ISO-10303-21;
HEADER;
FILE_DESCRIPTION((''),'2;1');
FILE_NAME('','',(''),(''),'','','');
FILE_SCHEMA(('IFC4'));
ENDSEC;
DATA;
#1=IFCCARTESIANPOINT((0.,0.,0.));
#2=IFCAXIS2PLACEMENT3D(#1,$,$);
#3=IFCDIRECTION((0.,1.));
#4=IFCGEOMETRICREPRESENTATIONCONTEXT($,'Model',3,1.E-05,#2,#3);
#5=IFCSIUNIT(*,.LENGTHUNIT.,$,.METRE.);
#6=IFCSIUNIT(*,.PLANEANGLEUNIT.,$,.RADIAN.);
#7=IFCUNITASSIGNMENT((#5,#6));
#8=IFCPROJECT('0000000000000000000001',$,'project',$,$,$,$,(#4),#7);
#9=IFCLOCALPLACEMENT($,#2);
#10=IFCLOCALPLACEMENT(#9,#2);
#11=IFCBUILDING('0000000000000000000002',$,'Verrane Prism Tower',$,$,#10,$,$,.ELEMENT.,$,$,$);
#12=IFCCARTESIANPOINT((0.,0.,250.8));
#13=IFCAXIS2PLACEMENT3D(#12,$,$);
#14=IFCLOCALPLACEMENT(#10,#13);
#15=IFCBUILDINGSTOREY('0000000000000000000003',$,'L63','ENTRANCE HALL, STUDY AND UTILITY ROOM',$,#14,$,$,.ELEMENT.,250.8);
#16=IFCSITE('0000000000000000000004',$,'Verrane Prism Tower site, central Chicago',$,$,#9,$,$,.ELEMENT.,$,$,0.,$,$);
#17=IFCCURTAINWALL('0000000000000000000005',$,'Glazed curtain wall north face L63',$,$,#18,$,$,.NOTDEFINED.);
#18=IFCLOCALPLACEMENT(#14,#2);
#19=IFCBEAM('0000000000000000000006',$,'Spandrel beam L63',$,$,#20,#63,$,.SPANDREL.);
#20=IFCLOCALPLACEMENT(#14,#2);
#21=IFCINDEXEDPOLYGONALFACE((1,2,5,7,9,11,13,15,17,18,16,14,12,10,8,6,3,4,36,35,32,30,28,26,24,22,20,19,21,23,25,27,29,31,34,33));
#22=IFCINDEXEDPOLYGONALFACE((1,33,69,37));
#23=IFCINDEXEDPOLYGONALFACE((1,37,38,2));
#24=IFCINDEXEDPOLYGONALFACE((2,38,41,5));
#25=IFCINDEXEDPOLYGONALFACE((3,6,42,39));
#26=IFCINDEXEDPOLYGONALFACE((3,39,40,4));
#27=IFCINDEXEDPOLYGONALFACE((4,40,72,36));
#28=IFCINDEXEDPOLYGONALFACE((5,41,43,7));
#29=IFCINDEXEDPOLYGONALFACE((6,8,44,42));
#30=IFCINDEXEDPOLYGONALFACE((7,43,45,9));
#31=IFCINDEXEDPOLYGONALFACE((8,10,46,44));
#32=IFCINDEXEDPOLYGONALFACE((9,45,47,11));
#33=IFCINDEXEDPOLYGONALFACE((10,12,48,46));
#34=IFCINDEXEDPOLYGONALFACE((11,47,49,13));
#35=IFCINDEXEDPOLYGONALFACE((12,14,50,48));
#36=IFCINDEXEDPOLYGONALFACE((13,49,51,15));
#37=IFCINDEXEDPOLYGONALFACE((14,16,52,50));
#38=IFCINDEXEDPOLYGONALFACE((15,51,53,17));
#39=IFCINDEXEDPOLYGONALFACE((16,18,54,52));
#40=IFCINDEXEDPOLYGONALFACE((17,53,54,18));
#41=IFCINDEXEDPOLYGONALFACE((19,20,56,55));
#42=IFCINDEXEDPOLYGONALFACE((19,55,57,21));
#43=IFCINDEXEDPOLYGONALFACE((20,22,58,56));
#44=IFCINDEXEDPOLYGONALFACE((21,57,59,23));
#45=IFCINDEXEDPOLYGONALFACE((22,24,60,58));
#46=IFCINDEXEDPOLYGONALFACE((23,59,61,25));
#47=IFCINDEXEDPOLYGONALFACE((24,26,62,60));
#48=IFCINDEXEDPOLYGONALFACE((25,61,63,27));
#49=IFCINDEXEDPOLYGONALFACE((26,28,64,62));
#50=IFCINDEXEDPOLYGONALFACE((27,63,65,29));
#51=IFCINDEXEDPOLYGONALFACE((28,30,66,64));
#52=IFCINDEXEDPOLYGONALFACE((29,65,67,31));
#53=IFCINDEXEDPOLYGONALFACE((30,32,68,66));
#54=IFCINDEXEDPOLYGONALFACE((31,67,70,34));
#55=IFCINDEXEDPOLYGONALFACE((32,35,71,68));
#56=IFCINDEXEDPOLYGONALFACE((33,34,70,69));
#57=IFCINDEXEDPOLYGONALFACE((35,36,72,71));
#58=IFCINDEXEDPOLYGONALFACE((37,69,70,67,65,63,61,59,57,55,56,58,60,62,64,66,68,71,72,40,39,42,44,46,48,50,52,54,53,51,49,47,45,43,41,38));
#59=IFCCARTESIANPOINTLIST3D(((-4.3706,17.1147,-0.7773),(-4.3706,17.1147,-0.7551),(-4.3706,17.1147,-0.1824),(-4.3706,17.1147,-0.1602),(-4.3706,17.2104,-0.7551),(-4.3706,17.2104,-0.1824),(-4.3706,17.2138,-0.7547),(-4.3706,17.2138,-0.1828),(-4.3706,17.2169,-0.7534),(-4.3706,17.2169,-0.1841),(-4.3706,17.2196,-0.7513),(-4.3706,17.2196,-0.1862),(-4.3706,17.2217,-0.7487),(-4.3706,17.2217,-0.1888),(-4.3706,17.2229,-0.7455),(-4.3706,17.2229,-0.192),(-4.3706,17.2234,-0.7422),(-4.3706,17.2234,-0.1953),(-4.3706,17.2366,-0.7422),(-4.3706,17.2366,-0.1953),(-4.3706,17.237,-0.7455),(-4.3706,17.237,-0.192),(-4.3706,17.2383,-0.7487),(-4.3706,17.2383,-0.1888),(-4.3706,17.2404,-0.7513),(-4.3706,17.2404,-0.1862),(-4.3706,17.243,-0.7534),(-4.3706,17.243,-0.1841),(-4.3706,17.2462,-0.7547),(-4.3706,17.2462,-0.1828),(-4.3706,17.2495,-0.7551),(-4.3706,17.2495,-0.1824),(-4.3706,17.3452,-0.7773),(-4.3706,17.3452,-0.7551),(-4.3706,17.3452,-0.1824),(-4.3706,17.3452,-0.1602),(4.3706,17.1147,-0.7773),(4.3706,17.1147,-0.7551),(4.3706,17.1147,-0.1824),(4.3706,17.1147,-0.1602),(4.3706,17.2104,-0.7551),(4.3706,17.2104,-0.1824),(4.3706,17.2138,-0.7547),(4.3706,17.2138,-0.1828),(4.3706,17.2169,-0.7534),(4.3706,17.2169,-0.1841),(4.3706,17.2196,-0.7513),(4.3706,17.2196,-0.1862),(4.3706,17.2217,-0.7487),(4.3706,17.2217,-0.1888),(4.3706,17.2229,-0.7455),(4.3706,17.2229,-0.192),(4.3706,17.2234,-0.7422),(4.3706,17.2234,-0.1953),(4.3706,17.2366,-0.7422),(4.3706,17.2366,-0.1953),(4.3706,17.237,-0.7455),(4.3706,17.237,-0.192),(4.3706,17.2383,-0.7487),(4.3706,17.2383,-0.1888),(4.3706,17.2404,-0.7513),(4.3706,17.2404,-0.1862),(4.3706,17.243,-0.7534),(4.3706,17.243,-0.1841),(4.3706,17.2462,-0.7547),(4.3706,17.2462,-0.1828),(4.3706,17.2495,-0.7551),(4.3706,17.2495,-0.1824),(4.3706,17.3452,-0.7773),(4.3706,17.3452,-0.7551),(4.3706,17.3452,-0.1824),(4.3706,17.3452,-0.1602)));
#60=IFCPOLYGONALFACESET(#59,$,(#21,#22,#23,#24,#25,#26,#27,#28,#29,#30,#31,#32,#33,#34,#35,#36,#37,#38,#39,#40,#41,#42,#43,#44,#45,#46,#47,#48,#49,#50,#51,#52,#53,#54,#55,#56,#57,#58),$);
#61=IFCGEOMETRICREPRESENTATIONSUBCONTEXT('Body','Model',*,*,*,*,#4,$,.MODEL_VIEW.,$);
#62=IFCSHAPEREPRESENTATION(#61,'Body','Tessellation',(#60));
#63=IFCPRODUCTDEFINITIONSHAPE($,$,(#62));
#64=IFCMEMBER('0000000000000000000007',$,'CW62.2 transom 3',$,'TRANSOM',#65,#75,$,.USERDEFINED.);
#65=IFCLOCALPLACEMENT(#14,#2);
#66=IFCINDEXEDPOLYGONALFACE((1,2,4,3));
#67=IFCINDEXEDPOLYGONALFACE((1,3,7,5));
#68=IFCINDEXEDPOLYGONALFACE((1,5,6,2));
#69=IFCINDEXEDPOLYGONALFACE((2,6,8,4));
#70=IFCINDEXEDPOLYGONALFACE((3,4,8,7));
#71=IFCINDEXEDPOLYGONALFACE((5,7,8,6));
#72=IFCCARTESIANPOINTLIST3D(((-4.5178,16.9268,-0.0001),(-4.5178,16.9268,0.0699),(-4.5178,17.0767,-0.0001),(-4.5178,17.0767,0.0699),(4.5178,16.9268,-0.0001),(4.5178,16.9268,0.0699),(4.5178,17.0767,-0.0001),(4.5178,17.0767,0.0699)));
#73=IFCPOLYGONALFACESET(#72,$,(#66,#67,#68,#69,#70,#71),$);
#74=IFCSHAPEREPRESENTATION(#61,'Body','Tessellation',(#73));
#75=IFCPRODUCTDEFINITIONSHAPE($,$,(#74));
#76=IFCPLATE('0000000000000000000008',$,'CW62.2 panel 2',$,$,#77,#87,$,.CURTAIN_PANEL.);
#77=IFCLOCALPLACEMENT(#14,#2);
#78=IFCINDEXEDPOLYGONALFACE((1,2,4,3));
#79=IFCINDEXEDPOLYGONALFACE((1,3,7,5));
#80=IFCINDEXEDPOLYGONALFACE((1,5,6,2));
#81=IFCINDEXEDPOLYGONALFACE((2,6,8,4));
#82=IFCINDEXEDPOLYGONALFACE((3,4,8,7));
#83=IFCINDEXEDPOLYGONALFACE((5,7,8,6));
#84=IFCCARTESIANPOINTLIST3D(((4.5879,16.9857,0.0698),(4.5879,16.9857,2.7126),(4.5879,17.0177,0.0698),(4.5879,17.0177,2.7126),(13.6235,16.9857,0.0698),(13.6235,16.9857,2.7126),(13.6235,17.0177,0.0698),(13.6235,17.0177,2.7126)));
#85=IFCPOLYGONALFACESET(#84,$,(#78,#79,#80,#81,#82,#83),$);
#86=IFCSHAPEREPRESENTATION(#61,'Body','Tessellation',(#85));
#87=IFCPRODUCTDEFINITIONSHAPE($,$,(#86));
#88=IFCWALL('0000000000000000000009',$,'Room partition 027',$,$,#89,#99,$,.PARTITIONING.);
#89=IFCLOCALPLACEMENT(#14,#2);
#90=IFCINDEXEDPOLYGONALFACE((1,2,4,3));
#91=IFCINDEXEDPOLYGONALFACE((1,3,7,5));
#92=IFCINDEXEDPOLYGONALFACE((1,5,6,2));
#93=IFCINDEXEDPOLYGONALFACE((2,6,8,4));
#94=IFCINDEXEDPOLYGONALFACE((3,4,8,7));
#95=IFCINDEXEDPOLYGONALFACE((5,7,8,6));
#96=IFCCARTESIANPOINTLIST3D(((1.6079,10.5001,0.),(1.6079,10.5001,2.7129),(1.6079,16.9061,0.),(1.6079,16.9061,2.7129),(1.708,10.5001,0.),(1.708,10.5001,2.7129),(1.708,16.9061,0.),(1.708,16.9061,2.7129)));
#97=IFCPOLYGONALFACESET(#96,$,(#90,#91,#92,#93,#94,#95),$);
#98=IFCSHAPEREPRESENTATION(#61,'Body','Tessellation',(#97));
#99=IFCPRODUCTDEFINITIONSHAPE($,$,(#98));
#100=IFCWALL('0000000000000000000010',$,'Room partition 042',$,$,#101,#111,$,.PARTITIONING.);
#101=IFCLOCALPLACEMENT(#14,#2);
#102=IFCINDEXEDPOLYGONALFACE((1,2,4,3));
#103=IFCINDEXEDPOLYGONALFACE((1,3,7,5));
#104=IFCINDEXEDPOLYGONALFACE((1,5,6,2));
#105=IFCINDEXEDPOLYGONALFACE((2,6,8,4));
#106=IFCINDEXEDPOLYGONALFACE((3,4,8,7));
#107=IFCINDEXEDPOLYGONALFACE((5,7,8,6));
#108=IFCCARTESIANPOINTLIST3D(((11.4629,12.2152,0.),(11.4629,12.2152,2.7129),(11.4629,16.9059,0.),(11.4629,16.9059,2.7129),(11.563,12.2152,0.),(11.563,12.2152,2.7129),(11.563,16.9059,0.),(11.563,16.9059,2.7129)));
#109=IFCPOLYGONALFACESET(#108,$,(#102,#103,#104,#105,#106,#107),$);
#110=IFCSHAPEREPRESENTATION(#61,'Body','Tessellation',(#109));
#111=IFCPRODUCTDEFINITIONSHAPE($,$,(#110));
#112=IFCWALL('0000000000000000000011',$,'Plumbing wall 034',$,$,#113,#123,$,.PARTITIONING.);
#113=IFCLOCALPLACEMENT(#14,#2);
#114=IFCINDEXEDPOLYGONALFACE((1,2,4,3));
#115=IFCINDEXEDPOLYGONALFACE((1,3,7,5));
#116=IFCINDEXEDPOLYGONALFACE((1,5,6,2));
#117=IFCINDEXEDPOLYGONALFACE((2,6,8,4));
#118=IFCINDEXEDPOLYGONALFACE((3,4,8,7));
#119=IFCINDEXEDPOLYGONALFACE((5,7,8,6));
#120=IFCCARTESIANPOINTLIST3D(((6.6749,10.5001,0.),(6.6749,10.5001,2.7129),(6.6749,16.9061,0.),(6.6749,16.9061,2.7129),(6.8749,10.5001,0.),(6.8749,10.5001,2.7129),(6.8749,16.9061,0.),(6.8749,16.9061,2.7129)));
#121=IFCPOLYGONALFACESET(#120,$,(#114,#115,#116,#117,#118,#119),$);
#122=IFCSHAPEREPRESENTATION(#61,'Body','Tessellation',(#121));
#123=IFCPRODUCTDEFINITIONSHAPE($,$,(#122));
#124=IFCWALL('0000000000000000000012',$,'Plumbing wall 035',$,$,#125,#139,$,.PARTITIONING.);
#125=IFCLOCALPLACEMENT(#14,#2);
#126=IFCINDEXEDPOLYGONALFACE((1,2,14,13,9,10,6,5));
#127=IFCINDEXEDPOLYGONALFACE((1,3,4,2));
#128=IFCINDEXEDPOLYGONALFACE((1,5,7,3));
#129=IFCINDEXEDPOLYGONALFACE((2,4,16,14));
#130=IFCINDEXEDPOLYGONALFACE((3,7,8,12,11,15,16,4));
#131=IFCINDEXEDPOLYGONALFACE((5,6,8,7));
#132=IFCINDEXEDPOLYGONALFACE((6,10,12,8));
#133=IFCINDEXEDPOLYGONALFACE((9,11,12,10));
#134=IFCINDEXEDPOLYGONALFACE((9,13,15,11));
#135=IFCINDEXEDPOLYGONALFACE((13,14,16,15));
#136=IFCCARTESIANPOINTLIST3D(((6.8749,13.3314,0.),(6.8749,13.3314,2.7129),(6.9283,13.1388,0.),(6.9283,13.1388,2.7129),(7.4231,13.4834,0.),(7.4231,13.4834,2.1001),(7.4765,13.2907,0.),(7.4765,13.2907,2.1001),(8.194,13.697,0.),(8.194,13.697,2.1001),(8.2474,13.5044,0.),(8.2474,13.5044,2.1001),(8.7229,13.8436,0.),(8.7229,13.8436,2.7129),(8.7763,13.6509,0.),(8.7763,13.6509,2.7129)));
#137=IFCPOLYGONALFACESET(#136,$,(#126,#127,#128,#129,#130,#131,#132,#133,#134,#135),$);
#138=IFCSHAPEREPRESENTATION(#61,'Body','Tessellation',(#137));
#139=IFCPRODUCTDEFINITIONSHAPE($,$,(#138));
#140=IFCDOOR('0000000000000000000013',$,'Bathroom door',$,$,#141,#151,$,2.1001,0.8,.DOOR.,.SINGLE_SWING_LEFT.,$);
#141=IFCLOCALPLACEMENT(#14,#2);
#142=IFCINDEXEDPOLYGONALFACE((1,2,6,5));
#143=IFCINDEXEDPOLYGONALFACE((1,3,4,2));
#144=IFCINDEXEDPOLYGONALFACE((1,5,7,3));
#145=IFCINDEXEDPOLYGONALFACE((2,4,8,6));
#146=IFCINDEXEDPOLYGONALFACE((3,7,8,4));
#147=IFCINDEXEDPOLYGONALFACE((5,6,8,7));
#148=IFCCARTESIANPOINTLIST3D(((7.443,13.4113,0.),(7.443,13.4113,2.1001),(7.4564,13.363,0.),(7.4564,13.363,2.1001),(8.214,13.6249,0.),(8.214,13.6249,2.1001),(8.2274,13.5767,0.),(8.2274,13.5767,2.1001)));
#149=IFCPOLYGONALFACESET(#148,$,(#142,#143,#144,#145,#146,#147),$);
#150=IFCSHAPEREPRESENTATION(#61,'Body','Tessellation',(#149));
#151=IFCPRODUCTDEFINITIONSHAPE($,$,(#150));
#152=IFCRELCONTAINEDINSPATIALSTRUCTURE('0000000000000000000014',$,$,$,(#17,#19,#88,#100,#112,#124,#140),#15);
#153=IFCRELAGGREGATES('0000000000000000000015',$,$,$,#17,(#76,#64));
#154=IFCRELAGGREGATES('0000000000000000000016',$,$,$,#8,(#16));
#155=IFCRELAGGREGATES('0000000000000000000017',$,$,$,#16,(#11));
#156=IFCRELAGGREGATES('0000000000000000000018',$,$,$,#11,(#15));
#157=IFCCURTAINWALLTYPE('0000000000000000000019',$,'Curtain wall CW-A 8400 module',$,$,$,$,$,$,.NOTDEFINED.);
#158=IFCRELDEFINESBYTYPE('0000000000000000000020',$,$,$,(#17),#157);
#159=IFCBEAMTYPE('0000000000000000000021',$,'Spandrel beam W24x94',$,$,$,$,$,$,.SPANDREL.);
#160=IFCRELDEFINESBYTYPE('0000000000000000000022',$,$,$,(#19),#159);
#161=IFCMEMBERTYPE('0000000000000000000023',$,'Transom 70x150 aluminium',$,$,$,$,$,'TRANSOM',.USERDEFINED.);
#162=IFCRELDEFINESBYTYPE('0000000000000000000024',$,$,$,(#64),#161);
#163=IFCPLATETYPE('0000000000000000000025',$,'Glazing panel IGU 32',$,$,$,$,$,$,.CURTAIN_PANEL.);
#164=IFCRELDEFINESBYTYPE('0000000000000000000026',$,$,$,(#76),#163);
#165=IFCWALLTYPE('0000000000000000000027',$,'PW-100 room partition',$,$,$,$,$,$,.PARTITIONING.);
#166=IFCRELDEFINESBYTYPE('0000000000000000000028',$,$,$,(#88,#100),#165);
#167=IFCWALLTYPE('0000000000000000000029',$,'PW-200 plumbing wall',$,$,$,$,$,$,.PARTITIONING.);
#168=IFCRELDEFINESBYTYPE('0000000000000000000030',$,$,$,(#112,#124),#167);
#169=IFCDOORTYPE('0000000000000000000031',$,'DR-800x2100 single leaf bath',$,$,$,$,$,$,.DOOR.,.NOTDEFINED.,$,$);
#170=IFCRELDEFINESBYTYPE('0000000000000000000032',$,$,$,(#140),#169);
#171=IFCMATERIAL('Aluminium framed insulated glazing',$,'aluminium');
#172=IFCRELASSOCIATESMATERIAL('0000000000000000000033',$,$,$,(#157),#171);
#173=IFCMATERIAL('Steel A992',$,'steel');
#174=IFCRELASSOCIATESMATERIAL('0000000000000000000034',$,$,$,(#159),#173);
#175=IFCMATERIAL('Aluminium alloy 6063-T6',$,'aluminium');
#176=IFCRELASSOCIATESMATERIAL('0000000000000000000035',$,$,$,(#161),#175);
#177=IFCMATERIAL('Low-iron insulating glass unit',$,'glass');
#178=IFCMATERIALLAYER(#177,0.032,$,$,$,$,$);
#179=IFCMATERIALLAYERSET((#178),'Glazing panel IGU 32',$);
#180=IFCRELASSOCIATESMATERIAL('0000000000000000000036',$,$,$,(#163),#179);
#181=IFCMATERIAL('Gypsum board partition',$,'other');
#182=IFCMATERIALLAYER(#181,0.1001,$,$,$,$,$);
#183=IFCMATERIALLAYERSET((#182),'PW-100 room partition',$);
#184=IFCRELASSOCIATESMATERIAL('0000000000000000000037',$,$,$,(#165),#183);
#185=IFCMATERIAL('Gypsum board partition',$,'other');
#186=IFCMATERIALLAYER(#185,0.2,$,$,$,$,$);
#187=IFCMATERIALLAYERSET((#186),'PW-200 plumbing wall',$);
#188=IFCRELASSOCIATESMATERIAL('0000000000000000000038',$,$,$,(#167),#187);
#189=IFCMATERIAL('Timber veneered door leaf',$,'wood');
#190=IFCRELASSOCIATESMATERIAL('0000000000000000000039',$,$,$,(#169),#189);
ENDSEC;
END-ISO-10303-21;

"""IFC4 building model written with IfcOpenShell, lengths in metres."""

from ifc_helpers import new_model, si_unit, direction, frame, frame_2d, origin, origin_2d, place, context, subcontext, project, spatial, rectangle, i_section, extrude, material, layer, layer_set, material_profile, profile_set, type_object, element, fill, aggregate, save


model = new_model("IFC4")

# Units and contexts
model_context = context("Model", 3, precision=1e-05, world=origin(), true_north=direction((0.0, 1.0)))
body_context = subcontext(model_context, "Body", "Model", "MODEL_VIEW")
ifc_project = project(units=[si_unit("LENGTHUNIT", "METRE"), si_unit("PLANEANGLEUNIT", "RADIAN")], contexts=[model_context])

# Site, building, storey
site_placement = place(None, origin())
site = spatial("IfcSite", under=ifc_project, at=site_placement, Name="Verrane Prism Tower site, central Chicago", CompositionType="ELEMENT", RefElevation=0.0)
building_placement = place(site_placement, origin())
building = spatial("IfcBuilding", under=site, at=building_placement, Name="Verrane Prism Tower", CompositionType="ELEMENT")
storey_placement = place(building_placement, frame((0.0, 0.0, 250.8)))
storey = spatial("IfcBuildingStorey", under=building, at=storey_placement, Name="L63", Description="ENTRANCE HALL, STUDY AND UTILITY ROOM", CompositionType="ELEMENT", Elevation=250.8)

# Curtain wall
ifc_material_1 = material(Name="Aluminium framed insulated glazing", Category="aluminium")
curtain_wall_type = type_object("IfcCurtainWallType", Name="Curtain wall CW-A 8400 module", PredefinedType="NOTDEFINED", material=ifc_material_1)
curtain_wall_placement = place(storey_placement, origin())
curtain_wall = element("IfcCurtainWall", 1, at=curtain_wall_placement, inside=storey, type_object=curtain_wall_type, Name="Glazed curtain wall north face L63", PredefinedType="NOTDEFINED")

# Beam
ifc_material_2 = material(Name="Steel A992", Category="steel")
ifc_material_profile_1 = material_profile(ifc_material_2, i_section(OverallWidth=0.2305, OverallDepth=0.6172, WebThickness=0.0132, FlangeThickness=0.0222, FilletRadius=0.0129, at=origin_2d()), Name="W24x94")
ifc_profile_set_1 = profile_set([ifc_material_profile_1], Name="Steel A992")
beam_type_1 = type_object("IfcBeamType", Name="Spandrel beam W24x94", PredefinedType="SPANDREL", material=ifc_profile_set_1)
beam_1_placement = place(storey_placement, frame((4.3706, 17.23, -0.4688), z_axis=(-1.0, 0.0, 0.0), x_axis=(0.0, -1.0, 0.0)))
element("IfcBeam", 2, at=beam_1_placement, inside=storey, type_object=beam_type_1, Name="Spandrel beam L63", PredefinedType="SPANDREL", context=body_context, shape_type="SweptSolid", body=[
    extrude(i_section(OverallWidth=0.2305, OverallDepth=0.6172, WebThickness=0.0132, FlangeThickness=0.0222, FilletRadius=0.0129, at=origin_2d()), origin(), (0.0, 0.0, 1.0), 8.7412),
])

# Member
ifc_material_3 = material(Name="Aluminium alloy 6063-T6", Category="aluminium")
ifc_material_profile_2 = material_profile(ifc_material_3, rectangle(XDim=0.1499, YDim=0.0701, at=origin_2d()), Name="Transom 70x150 aluminium")
ifc_profile_set_2 = profile_set([ifc_material_profile_2], Name="Aluminium alloy 6063-T6")
member_type_1 = type_object("IfcMemberType", Name="Transom 70x150 aluminium", ElementType="TRANSOM", PredefinedType="USERDEFINED", material=ifc_profile_set_2)
member_1_placement = place(storey_placement, frame((4.5178, 17.0017, 0.0349), z_axis=(-1.0, 0.0, 0.0), x_axis=(0.0, -1.0, 0.0)))
member_1 = element("IfcMember", 3, at=member_1_placement, type_object=member_type_1, Name="CW62.2 transom 3", ObjectType="TRANSOM", PredefinedType="USERDEFINED", context=body_context, shape_type="SweptSolid", body=[
    extrude(rectangle(XDim=0.1499, YDim=0.0701, at=origin_2d()), origin(), (0.0, 0.0, 1.0), 9.0356),
])

# Plate
ifc_material_4 = material(Name="Low-iron insulating glass unit", Category="glass")
ifc_layer_1 = layer(ifc_material_4, 0.032)
ifc_layer_set_1 = layer_set([ifc_layer_1], Name="Glazing panel IGU 32")
plate_type = type_object("IfcPlateType", Name="Glazing panel IGU 32", PredefinedType="CURTAIN_PANEL", material=ifc_layer_set_1)
plate_placement = place(storey_placement, frame((9.1057, 17.0017, 0.0698), z_axis=(0.0, 0.0, 1.0), x_axis=(-1.0, 0.0, 0.0)))
plate = element("IfcPlate", 4, at=plate_placement, type_object=plate_type, Name="CW62.2 panel 2", PredefinedType="CURTAIN_PANEL", context=body_context, shape_type="SweptSolid", body=[
    extrude(rectangle(XDim=9.0356, YDim=0.032, at=origin_2d()), origin(), (0.0, 0.0, 1.0), 2.6428),
])
aggregate(curtain_wall, [plate, member_1])

# Walls
ifc_material_5 = material(Name="Gypsum board partition", Category="other")
ifc_layer_2 = layer(ifc_material_5, 0.1001)
ifc_layer_set_2 = layer_set([ifc_layer_2], Name="PW-100 room partition")
wall_type_1 = type_object("IfcWallType", Name="PW-100 room partition", PredefinedType="PARTITIONING", material=ifc_layer_set_2)
wall_1_placement = place(storey_placement, frame((1.658, 10.5, 0.0), z_axis=(0.0, 0.0, 1.0), x_axis=(0.0, 1.0, 0.0)))
element("IfcWall", 5, at=wall_1_placement, inside=storey, type_object=wall_type_1, Name="Room partition 027", PredefinedType="PARTITIONING", context=body_context, shape_type="SweptSolid", body=[
    extrude(rectangle(XDim=6.406, YDim=0.1001, at=frame_2d((3.2031, 0.0))), origin(), (0.0, 0.0, 1.0), 2.7129),
])
wall_2_placement = place(storey_placement, frame((11.5129, 12.2153, 0.0), z_axis=(0.0, 0.0, 1.0), x_axis=(0.0, 1.0, 0.0)))
element("IfcWall", 6, at=wall_2_placement, inside=storey, type_object=wall_type_1, Name="Room partition 042", PredefinedType="PARTITIONING", context=body_context, shape_type="SweptSolid", body=[
    extrude(rectangle(XDim=4.6907, YDim=0.1001, at=frame_2d((2.3452, 0.0))), origin(), (0.0, 0.0, 1.0), 2.7129),
])
ifc_material_6 = material(Name="Gypsum board partition", Category="other")
ifc_layer_3 = layer(ifc_material_6, 0.2)
ifc_layer_set_3 = layer_set([ifc_layer_3], Name="PW-200 plumbing wall")
wall_type_2 = type_object("IfcWallType", Name="PW-200 plumbing wall", PredefinedType="PARTITIONING", material=ifc_layer_set_3)
wall_3_placement = place(storey_placement, frame((6.7749, 10.5, 0.0), z_axis=(0.0, 0.0, 1.0), x_axis=(0.0, 1.0, 0.0)))
element("IfcWall", 7, at=wall_3_placement, inside=storey, type_object=wall_type_2, Name="Plumbing wall 034", PredefinedType="PARTITIONING", context=body_context, shape_type="SweptSolid", body=[
    extrude(rectangle(XDim=6.406, YDim=0.2, at=frame_2d((3.2031, 0.0))), origin(), (0.0, 0.0, 1.0), 2.7129),
])

# Wall, opening, door
wall_4_placement = place(storey_placement, frame((8.7498, 13.7473, 0.0), z_axis=(0.0, 0.0, 1.0), x_axis=(-0.963675, -0.267079, 0.0)))
wall_4 = element("IfcWall", 8, at=wall_4_placement, inside=storey, type_object=wall_type_2, Name="Plumbing wall 035", PredefinedType="PARTITIONING", context=body_context, shape_type="SweptSolid", body=[
    extrude(rectangle(XDim=1.9177, YDim=0.2, at=frame_2d((0.959, 0.0))), origin(), (0.0, 0.0, 1.0), 2.7129),
])
opening_1_placement = place(wall_4_placement, frame((0.5491, 0.0, 0.0)))
opening_1 = element("IfcOpeningElement", 9, at=opening_1_placement, cuts=wall_4, PredefinedType="OPENING", context=body_context, shape_type="SweptSolid", body=[
    extrude(rectangle(XDim=0.8, YDim=2.1001, at=frame_2d((0.3999, 1.05))), frame((0.0, 0.1099, 0.0), z_axis=(0.0, -1.0, 0.0), x_axis=(1.0, 0.0, 0.0)), (0.0, 0.0, 1.0), 0.22),
])
ifc_material_7 = material(Name="Timber veneered door leaf", Category="wood")
door_type_1 = type_object("IfcDoorType", Name="DR-800x2100 single leaf bath", OperationType="NOTDEFINED", PredefinedType="DOOR", material=ifc_material_7)
door_1_placement = place(opening_1_placement, origin())
door_1 = element("IfcDoor", 10, at=door_1_placement, inside=storey, type_object=door_type_1, Name="Bathroom door", OperationType="SINGLE_SWING_LEFT", OverallHeight=2.1001, OverallWidth=0.8, PredefinedType="DOOR", context=body_context, shape_type="SweptSolid", body=[
    extrude(rectangle(XDim=0.8, YDim=2.1001, at=frame_2d((0.3999, 1.05))), frame((0.0, 0.0249, 0.0), z_axis=(0.0, -1.0, 0.0), x_axis=(1.0, 0.0, 0.0)), (0.0, 0.0, 1.0), 0.05),
])
fill(opening_1, door_1)

save(model, "model.ifc")
